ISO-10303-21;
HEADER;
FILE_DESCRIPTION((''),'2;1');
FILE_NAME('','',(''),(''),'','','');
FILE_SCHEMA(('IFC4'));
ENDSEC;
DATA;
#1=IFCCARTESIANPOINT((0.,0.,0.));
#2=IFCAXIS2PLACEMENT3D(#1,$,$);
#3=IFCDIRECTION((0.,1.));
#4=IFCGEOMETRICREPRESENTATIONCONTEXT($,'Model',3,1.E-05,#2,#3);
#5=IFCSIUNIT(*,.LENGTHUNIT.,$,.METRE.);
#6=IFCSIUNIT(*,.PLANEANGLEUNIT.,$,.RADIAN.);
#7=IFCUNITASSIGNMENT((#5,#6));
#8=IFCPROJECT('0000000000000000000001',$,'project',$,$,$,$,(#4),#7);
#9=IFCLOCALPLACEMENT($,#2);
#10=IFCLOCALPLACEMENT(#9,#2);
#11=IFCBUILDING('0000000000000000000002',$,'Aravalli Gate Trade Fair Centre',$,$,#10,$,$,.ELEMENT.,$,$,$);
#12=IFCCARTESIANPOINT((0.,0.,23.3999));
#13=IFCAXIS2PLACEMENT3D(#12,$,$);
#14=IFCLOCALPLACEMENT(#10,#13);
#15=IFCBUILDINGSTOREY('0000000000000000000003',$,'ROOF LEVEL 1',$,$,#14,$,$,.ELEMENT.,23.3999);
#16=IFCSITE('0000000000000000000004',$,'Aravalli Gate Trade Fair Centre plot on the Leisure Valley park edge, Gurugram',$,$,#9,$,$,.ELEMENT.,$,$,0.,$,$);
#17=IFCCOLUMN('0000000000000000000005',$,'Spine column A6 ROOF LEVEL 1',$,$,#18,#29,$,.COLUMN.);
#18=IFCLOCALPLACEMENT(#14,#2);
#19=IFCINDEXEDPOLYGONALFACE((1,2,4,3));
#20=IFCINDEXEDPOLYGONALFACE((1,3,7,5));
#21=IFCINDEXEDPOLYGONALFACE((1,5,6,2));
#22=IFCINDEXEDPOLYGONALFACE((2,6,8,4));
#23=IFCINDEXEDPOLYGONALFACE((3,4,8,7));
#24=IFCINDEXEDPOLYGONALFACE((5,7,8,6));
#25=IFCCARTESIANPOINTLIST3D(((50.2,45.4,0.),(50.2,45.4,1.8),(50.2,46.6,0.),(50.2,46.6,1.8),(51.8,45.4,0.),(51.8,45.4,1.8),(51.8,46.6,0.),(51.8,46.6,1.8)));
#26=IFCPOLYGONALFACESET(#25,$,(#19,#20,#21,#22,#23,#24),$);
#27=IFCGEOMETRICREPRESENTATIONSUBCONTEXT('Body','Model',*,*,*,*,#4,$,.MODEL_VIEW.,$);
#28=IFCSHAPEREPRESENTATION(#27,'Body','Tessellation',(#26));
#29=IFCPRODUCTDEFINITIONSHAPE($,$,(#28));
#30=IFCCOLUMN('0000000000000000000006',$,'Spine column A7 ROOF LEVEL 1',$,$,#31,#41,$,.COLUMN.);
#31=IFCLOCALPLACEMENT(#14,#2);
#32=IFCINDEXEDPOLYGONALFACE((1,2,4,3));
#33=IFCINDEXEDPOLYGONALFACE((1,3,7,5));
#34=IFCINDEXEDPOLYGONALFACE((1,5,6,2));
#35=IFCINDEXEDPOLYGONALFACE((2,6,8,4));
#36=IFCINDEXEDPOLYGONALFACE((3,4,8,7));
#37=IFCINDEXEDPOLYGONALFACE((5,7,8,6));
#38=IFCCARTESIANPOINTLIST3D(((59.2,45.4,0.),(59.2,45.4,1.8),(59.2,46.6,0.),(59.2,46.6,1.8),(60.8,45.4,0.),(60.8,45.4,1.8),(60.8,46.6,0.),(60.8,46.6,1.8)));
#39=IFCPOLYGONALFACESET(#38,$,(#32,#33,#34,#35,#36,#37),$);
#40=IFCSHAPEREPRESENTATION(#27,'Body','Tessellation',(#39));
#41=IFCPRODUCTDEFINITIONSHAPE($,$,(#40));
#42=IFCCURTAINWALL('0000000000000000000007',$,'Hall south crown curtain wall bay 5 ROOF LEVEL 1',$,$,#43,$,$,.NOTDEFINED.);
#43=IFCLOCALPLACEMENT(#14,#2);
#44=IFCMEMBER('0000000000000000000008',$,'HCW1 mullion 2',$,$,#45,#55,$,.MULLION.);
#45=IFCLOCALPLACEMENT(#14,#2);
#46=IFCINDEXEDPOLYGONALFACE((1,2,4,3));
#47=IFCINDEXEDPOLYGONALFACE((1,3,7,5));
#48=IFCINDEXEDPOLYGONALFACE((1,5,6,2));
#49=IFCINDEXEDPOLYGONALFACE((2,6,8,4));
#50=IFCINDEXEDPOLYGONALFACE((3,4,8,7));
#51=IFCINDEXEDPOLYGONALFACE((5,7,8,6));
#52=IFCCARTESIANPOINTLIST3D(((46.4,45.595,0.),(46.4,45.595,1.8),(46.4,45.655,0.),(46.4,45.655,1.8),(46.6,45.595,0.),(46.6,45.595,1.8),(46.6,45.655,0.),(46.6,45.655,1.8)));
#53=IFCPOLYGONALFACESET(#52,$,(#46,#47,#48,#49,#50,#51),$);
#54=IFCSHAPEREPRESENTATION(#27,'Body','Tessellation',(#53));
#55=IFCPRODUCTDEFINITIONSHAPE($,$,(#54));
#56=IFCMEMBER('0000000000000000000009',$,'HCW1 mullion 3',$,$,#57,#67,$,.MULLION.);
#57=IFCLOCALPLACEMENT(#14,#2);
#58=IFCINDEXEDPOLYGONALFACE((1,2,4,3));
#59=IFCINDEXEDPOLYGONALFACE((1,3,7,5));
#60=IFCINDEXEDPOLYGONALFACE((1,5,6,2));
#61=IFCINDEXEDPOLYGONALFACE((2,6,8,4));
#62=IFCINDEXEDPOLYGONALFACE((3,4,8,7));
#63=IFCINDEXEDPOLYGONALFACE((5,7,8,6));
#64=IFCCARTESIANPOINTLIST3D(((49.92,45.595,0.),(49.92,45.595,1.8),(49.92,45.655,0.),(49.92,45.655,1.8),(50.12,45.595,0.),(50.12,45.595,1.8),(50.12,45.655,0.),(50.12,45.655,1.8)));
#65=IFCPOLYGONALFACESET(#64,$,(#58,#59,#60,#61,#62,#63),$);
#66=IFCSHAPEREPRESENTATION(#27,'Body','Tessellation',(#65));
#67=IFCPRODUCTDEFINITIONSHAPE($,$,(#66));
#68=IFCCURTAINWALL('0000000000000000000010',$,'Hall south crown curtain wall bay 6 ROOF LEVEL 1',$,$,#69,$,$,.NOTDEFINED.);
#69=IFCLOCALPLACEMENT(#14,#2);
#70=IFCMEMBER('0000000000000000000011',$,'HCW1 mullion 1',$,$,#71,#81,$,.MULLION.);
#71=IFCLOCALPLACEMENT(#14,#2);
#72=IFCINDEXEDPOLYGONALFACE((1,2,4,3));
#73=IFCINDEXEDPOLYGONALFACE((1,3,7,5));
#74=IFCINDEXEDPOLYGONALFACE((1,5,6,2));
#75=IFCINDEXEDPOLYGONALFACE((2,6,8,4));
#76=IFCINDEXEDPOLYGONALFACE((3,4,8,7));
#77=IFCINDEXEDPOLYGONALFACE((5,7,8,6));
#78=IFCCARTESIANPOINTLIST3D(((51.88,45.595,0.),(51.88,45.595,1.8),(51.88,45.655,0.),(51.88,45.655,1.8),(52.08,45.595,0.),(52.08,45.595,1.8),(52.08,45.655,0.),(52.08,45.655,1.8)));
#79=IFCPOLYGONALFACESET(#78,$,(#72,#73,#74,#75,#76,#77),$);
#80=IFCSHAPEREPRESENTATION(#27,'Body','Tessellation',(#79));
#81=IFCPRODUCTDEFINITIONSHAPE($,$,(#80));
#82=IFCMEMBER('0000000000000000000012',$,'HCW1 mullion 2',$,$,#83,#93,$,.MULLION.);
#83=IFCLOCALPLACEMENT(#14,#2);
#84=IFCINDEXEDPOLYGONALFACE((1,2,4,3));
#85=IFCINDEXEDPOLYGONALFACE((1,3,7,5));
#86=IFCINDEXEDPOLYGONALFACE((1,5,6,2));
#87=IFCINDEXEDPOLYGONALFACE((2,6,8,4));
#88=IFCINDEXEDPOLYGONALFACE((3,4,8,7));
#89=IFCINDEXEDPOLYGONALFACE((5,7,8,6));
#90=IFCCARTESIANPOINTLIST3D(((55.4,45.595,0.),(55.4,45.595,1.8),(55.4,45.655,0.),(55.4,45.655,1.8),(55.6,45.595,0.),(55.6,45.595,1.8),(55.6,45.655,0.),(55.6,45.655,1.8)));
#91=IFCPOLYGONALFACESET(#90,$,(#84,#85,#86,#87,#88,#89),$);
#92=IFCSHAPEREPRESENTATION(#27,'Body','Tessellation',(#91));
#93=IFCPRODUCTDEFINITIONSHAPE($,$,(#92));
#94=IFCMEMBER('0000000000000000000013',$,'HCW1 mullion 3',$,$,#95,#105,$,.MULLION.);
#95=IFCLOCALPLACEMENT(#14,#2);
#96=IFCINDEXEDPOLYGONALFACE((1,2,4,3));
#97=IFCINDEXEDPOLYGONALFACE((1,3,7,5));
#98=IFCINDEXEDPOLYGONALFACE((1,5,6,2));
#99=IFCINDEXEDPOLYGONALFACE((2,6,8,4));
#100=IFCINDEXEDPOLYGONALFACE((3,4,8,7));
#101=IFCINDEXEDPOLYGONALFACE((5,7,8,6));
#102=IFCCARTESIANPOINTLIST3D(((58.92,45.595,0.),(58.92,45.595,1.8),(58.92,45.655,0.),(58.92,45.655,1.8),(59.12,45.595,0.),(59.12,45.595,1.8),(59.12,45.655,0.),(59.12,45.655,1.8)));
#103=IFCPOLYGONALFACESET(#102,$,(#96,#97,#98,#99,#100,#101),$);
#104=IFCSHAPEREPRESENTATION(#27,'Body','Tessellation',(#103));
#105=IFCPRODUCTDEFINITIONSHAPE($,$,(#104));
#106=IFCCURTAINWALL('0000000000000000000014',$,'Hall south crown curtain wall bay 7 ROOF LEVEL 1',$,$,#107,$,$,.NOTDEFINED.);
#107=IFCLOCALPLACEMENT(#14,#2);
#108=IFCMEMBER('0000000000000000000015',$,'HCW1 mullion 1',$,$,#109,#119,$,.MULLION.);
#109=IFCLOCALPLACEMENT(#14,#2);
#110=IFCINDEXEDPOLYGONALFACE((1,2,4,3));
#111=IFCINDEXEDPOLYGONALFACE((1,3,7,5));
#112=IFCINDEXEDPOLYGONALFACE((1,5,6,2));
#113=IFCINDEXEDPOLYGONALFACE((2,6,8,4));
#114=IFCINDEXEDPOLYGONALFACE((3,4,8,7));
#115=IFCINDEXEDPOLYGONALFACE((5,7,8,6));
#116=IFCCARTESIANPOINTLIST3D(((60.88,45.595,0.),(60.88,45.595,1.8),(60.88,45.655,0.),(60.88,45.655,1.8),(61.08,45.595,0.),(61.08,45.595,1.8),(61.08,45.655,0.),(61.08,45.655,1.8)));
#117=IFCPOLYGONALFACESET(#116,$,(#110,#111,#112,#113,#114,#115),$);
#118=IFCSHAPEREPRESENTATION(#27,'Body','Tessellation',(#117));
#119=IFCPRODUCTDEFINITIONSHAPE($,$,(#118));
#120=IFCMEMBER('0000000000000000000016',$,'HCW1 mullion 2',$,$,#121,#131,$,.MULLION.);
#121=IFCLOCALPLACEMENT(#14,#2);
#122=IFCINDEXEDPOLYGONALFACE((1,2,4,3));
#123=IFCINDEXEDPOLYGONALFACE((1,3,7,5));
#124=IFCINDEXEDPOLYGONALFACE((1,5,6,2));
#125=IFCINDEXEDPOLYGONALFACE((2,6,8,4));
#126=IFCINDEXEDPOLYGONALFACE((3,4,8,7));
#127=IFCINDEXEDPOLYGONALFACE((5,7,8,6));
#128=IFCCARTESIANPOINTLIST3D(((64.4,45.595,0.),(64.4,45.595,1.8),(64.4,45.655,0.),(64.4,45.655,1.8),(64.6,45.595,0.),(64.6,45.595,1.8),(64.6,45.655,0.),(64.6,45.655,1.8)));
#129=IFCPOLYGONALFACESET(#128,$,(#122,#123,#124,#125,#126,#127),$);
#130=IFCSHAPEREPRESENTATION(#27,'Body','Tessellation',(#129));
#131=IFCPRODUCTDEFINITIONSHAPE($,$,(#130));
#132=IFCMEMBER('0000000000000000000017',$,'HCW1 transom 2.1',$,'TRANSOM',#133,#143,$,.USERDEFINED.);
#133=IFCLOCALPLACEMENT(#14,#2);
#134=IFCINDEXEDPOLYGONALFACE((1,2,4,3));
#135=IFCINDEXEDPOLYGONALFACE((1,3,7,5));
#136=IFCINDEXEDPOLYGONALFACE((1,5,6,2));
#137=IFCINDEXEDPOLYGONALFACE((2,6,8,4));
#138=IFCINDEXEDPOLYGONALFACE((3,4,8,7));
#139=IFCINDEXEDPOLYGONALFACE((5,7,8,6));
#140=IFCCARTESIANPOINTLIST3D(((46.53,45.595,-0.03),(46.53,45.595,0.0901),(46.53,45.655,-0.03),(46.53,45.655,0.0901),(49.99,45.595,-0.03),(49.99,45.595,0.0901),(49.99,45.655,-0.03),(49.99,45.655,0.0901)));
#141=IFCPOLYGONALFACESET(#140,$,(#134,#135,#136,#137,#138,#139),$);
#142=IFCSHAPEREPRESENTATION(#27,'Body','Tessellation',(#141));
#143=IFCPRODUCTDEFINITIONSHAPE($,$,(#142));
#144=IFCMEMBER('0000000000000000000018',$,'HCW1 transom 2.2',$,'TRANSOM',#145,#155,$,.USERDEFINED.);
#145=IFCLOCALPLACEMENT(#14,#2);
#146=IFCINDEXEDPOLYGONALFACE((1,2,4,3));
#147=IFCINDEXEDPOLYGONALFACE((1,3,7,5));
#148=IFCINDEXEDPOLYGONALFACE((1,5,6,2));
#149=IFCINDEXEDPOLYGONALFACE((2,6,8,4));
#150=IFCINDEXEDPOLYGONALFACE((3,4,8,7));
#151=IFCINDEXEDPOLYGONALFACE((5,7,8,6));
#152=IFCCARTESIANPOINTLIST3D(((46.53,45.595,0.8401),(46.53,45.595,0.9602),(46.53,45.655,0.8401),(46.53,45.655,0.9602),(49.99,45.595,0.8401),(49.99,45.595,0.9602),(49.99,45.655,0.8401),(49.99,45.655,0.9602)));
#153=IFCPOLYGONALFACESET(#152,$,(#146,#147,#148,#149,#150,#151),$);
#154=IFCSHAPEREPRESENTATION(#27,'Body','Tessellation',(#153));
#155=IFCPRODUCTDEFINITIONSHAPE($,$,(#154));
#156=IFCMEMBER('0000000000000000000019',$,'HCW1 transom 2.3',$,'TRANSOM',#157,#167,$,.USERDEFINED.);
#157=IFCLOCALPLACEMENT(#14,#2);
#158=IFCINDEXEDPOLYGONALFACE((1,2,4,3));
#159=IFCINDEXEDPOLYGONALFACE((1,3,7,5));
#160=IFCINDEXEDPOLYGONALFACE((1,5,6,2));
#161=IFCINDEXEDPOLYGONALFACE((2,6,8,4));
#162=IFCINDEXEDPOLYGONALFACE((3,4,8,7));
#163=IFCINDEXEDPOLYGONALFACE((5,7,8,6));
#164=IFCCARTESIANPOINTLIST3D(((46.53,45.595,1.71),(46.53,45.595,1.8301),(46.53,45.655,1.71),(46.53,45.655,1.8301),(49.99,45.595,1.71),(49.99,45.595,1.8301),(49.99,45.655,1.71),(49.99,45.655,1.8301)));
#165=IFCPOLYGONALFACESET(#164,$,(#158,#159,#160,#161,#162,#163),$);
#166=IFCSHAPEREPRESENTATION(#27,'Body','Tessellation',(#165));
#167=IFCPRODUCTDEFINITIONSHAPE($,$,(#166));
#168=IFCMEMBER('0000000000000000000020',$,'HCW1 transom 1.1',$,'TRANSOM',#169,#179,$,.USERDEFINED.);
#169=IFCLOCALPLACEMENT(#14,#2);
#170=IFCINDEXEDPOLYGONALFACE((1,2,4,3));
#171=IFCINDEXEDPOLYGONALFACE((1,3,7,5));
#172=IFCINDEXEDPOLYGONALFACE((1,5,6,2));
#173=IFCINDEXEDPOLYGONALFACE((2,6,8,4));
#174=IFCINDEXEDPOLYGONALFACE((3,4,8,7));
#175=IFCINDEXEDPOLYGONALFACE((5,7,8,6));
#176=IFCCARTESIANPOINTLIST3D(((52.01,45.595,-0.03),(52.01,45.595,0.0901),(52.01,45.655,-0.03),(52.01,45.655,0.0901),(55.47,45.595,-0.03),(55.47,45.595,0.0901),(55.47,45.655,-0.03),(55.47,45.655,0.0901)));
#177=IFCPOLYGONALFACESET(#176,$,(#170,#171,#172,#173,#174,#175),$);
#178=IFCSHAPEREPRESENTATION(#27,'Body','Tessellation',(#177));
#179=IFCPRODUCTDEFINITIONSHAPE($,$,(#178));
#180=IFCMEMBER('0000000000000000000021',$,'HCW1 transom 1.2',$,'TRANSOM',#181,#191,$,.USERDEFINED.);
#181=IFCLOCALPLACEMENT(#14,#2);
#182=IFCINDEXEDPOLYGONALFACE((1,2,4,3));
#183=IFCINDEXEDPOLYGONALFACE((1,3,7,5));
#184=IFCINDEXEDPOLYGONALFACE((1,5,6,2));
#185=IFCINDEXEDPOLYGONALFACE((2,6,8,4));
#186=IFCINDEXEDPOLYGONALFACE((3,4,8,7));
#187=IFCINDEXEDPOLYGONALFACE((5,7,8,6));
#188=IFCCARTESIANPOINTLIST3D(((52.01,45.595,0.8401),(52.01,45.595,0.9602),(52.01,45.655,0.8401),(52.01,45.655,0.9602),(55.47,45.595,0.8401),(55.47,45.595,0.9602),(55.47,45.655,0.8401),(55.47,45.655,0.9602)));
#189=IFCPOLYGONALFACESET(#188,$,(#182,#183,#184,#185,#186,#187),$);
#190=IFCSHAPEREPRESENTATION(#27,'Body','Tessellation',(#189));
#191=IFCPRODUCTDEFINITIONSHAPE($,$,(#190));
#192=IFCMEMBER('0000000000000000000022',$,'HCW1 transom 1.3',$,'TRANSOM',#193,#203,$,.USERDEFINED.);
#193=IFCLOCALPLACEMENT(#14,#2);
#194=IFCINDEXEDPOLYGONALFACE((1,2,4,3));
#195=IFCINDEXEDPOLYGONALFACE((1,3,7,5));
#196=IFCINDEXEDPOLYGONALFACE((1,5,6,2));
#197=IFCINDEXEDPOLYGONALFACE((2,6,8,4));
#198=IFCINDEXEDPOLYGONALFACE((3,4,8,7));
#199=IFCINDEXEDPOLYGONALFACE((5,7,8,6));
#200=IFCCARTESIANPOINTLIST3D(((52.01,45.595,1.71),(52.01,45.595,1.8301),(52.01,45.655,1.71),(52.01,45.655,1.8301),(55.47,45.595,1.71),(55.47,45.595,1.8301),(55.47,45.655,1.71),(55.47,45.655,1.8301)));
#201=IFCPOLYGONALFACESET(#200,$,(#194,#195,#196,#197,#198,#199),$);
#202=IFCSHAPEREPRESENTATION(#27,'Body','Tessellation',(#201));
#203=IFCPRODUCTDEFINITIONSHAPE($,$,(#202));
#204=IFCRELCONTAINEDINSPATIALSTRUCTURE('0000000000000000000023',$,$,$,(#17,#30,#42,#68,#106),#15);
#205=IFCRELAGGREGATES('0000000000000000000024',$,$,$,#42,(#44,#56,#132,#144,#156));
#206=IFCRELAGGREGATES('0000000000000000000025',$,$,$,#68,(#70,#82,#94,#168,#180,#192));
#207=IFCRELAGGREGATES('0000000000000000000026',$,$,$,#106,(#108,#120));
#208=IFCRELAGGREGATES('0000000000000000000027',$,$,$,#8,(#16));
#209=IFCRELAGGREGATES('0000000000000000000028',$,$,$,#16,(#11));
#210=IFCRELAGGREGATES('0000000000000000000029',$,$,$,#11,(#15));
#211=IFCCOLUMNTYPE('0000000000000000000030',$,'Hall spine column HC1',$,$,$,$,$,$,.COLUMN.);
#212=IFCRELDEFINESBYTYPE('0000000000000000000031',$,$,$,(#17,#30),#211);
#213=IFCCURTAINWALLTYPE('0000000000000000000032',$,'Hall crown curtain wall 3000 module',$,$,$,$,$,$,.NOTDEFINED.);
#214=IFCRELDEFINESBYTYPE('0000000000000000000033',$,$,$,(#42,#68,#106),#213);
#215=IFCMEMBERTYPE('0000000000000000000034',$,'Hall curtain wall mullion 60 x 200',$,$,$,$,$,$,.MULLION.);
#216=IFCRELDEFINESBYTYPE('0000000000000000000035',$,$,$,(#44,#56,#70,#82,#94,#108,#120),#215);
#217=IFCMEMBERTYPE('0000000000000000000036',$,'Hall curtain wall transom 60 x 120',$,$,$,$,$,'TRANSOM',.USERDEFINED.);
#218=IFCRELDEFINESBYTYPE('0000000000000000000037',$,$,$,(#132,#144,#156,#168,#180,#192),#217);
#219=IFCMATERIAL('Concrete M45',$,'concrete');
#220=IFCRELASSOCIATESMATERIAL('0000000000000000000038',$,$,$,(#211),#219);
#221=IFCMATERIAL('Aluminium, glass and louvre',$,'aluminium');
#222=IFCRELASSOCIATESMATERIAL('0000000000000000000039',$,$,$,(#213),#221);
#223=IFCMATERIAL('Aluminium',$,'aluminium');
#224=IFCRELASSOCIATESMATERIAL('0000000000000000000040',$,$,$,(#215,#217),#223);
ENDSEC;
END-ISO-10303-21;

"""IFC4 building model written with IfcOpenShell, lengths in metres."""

from ifc_helpers import new_model, si_unit, direction, frame, origin, origin_2d, place, context, subcontext, project, spatial, rectangle, extrude, material, material_profile, profile_set, type_object, element, aggregate, save


model = new_model("IFC4")

# Units and contexts
model_context = context("Model", 3, precision=1e-05, world=origin(), true_north=direction((0.0, 1.0)))
body_context = subcontext(model_context, "Body", "Model", "MODEL_VIEW")
ifc_project = project(units=[si_unit("LENGTHUNIT", "METRE"), si_unit("PLANEANGLEUNIT", "RADIAN")], contexts=[model_context])

# Site, building, storey
site_placement = place(None, origin())
site = spatial("IfcSite", under=ifc_project, at=site_placement, Name="Aravalli Gate Trade Fair Centre plot on the Leisure Valley park edge, Gurugram", CompositionType="ELEMENT", RefElevation=0.0)
building_placement = place(site_placement, origin())
building = spatial("IfcBuilding", under=site, at=building_placement, Name="Aravalli Gate Trade Fair Centre", CompositionType="ELEMENT")
storey_placement = place(building_placement, frame((0.0, 0.0, 23.3999)))
storey = spatial("IfcBuildingStorey", under=building, at=storey_placement, Name="ROOF LEVEL 1", CompositionType="ELEMENT", Elevation=23.3999)

# Columns
ifc_material_1 = material(Name="Concrete M45", Category="concrete")
ifc_material_profile_1 = material_profile(ifc_material_1, rectangle(XDim=1.6001, YDim=1.2, at=origin_2d()), Name="RC 1600x1200")
ifc_profile_set_1 = profile_set([ifc_material_profile_1], Name="Concrete M45")
column_type = type_object("IfcColumnType", Name="Hall spine column HC1", PredefinedType="COLUMN", material=ifc_profile_set_1)
for number, where, z_axis, x_axis, name in (
    (1, (51.0, 46.0, 0.0), (0.0, 0.0, 1.0), (1.0, 0.0, 0.0), "Spine column A6 ROOF LEVEL 1"),
    (2, (60.0, 46.0, 0.0), (0.0, 0.0, 1.0), (1.0, 0.0, 0.0), "Spine column A7 ROOF LEVEL 1"),
):
    element("IfcColumn", number, at=place(storey_placement, frame(where, z_axis=z_axis, x_axis=x_axis)), inside=storey, type_object=column_type, Name=name, PredefinedType="COLUMN", context=body_context, shape_type="SweptSolid", body=[
        extrude(rectangle(XDim=1.6001, YDim=1.2, at=origin_2d()), origin(), (0.0, 0.0, 1.0), 1.8),
    ])

# Curtain walls, members
ifc_material_2 = material(Name="Aluminium, glass and louvre", Category="aluminium")
curtain_wall_type = type_object("IfcCurtainWallType", Name="Hall crown curtain wall 3000 module", PredefinedType="NOTDEFINED", material=ifc_material_2)
curtain_wall_1_placement = place(storey_placement, origin())
curtain_wall_1 = element("IfcCurtainWall", 3, at=curtain_wall_1_placement, inside=storey, type_object=curtain_wall_type, Name="Hall south crown curtain wall bay 5 ROOF LEVEL 1", PredefinedType="NOTDEFINED")
ifc_material_3 = material(Name="Aluminium", Category="aluminium")
ifc_material_profile_2 = material_profile(ifc_material_3, rectangle(XDim=0.0601, YDim=0.2, at=origin_2d()), Name="Hall curtain wall mullion 60 x 200")
ifc_profile_set_2 = profile_set([ifc_material_profile_2], Name="Aluminium")
member_type_1 = type_object("IfcMemberType", Name="Hall curtain wall mullion 60 x 200", PredefinedType="MULLION", material=ifc_profile_set_2)
member_1_placement = place(storey_placement, frame((46.5, 45.625, 0.0), z_axis=(0.0, 0.0, 1.0), x_axis=(0.0, 1.0, 0.0)))
member_1 = element("IfcMember", 4, at=member_1_placement, type_object=member_type_1, Name="HCW1 mullion 2", PredefinedType="MULLION", context=body_context, shape_type="SweptSolid", body=[
    extrude(rectangle(XDim=0.0601, YDim=0.2, at=origin_2d()), origin(), (0.0, 0.0, 1.0), 1.8),
])
member_2_placement = place(storey_placement, frame((50.02, 45.625, 0.0), z_axis=(0.0, 0.0, 1.0), x_axis=(0.0, 1.0, 0.0)))
member_2 = element("IfcMember", 5, at=member_2_placement, type_object=member_type_1, Name="HCW1 mullion 3", PredefinedType="MULLION", context=body_context, shape_type="SweptSolid", body=[
    extrude(rectangle(XDim=0.0601, YDim=0.2, at=origin_2d()), origin(), (0.0, 0.0, 1.0), 1.8),
])
curtain_wall_2_placement = place(storey_placement, origin())
curtain_wall_2 = element("IfcCurtainWall", 6, at=curtain_wall_2_placement, inside=storey, type_object=curtain_wall_type, Name="Hall south crown curtain wall bay 6 ROOF LEVEL 1", PredefinedType="NOTDEFINED")
member_3_placement = place(storey_placement, frame((51.98, 45.625, 0.0), z_axis=(0.0, 0.0, 1.0), x_axis=(0.0, 1.0, 0.0)))
member_3 = element("IfcMember", 7, at=member_3_placement, type_object=member_type_1, Name="HCW1 mullion 1", PredefinedType="MULLION", context=body_context, shape_type="SweptSolid", body=[
    extrude(rectangle(XDim=0.0601, YDim=0.2, at=origin_2d()), origin(), (0.0, 0.0, 1.0), 1.8),
])
member_4_placement = place(storey_placement, frame((55.5, 45.625, 0.0), z_axis=(0.0, 0.0, 1.0), x_axis=(0.0, 1.0, 0.0)))
member_4 = element("IfcMember", 8, at=member_4_placement, type_object=member_type_1, Name="HCW1 mullion 2", PredefinedType="MULLION", context=body_context, shape_type="SweptSolid", body=[
    extrude(rectangle(XDim=0.0601, YDim=0.2, at=origin_2d()), origin(), (0.0, 0.0, 1.0), 1.8),
])
member_5_placement = place(storey_placement, frame((59.02, 45.625, 0.0), z_axis=(0.0, 0.0, 1.0), x_axis=(0.0, 1.0, 0.0)))
member_5 = element("IfcMember", 9, at=member_5_placement, type_object=member_type_1, Name="HCW1 mullion 3", PredefinedType="MULLION", context=body_context, shape_type="SweptSolid", body=[
    extrude(rectangle(XDim=0.0601, YDim=0.2, at=origin_2d()), origin(), (0.0, 0.0, 1.0), 1.8),
])
curtain_wall_3_placement = place(storey_placement, origin())
curtain_wall_3 = element("IfcCurtainWall", 10, at=curtain_wall_3_placement, inside=storey, type_object=curtain_wall_type, Name="Hall south crown curtain wall bay 7 ROOF LEVEL 1", PredefinedType="NOTDEFINED")
member_6_placement = place(storey_placement, frame((60.98, 45.625, 0.0), z_axis=(0.0, 0.0, 1.0), x_axis=(0.0, 1.0, 0.0)))
member_6 = element("IfcMember", 11, at=member_6_placement, type_object=member_type_1, Name="HCW1 mullion 1", PredefinedType="MULLION", context=body_context, shape_type="SweptSolid", body=[
    extrude(rectangle(XDim=0.0601, YDim=0.2, at=origin_2d()), origin(), (0.0, 0.0, 1.0), 1.8),
])
member_7_placement = place(storey_placement, frame((64.5, 45.625, 0.0), z_axis=(0.0, 0.0, 1.0), x_axis=(0.0, 1.0, 0.0)))
member_7 = element("IfcMember", 12, at=member_7_placement, type_object=member_type_1, Name="HCW1 mullion 2", PredefinedType="MULLION", context=body_context, shape_type="SweptSolid", body=[
    extrude(rectangle(XDim=0.0601, YDim=0.2, at=origin_2d()), origin(), (0.0, 0.0, 1.0), 1.8),
])

# Members
ifc_material_profile_3 = material_profile(ifc_material_3, rectangle(XDim=0.0601, YDim=0.1201, at=origin_2d()), Name="Hall curtain wall transom 60 x 120")
ifc_profile_set_3 = profile_set([ifc_material_profile_3], Name="Aluminium")
member_type_2 = type_object("IfcMemberType", Name="Hall curtain wall transom 60 x 120", ElementType="TRANSOM", PredefinedType="USERDEFINED", material=ifc_profile_set_3)
member_8_placement = place(storey_placement, frame((46.53, 45.625, 0.03), z_axis=(1.0, 0.0, 0.0), x_axis=(0.0, 1.0, 0.0)))
member_8 = element("IfcMember", 13, at=member_8_placement, type_object=member_type_2, Name="HCW1 transom 2.1", ObjectType="TRANSOM", PredefinedType="USERDEFINED", context=body_context, shape_type="SweptSolid", body=[
    extrude(rectangle(XDim=0.0601, YDim=0.1201, at=origin_2d()), origin(), (0.0, 0.0, 1.0), 3.46),
])
member_9_placement = place(storey_placement, frame((46.53, 45.625, 0.9001), z_axis=(1.0, 0.0, 0.0), x_axis=(0.0, 1.0, 0.0)))
member_9 = element("IfcMember", 14, at=member_9_placement, type_object=member_type_2, Name="HCW1 transom 2.2", ObjectType="TRANSOM", PredefinedType="USERDEFINED", context=body_context, shape_type="SweptSolid", body=[
    extrude(rectangle(XDim=0.0601, YDim=0.1201, at=origin_2d()), origin(), (0.0, 0.0, 1.0), 3.46),
])
member_10_placement = place(storey_placement, frame((46.53, 45.625, 1.77), z_axis=(1.0, 0.0, 0.0), x_axis=(0.0, 1.0, 0.0)))
member_10 = element("IfcMember", 15, at=member_10_placement, type_object=member_type_2, Name="HCW1 transom 2.3", ObjectType="TRANSOM", PredefinedType="USERDEFINED", context=body_context, shape_type="SweptSolid", body=[
    extrude(rectangle(XDim=0.0601, YDim=0.1201, at=origin_2d()), origin(), (0.0, 0.0, 1.0), 3.46),
])
member_11_placement = place(storey_placement, frame((52.01, 45.625, 0.03), z_axis=(1.0, 0.0, 0.0), x_axis=(0.0, 1.0, 0.0)))
member_11 = element("IfcMember", 16, at=member_11_placement, type_object=member_type_2, Name="HCW1 transom 1.1", ObjectType="TRANSOM", PredefinedType="USERDEFINED", context=body_context, shape_type="SweptSolid", body=[
    extrude(rectangle(XDim=0.0601, YDim=0.1201, at=origin_2d()), origin(), (0.0, 0.0, 1.0), 3.46),
])
member_12_placement = place(storey_placement, frame((52.01, 45.625, 0.9001), z_axis=(1.0, 0.0, 0.0), x_axis=(0.0, 1.0, 0.0)))
member_12 = element("IfcMember", 17, at=member_12_placement, type_object=member_type_2, Name="HCW1 transom 1.2", ObjectType="TRANSOM", PredefinedType="USERDEFINED", context=body_context, shape_type="SweptSolid", body=[
    extrude(rectangle(XDim=0.0601, YDim=0.1201, at=origin_2d()), origin(), (0.0, 0.0, 1.0), 3.46),
])
member_13_placement = place(storey_placement, frame((52.01, 45.625, 1.77), z_axis=(1.0, 0.0, 0.0), x_axis=(0.0, 1.0, 0.0)))
member_13 = element("IfcMember", 18, at=member_13_placement, type_object=member_type_2, Name="HCW1 transom 1.3", ObjectType="TRANSOM", PredefinedType="USERDEFINED", context=body_context, shape_type="SweptSolid", body=[
    extrude(rectangle(XDim=0.0601, YDim=0.1201, at=origin_2d()), origin(), (0.0, 0.0, 1.0), 3.46),
])

aggregate(curtain_wall_1, [member_1, member_2, member_8, member_9, member_10])
aggregate(curtain_wall_2, [member_3, member_4, member_5, member_11, member_12, member_13])
aggregate(curtain_wall_3, [member_6, member_7])

save(model, "model.ifc")
